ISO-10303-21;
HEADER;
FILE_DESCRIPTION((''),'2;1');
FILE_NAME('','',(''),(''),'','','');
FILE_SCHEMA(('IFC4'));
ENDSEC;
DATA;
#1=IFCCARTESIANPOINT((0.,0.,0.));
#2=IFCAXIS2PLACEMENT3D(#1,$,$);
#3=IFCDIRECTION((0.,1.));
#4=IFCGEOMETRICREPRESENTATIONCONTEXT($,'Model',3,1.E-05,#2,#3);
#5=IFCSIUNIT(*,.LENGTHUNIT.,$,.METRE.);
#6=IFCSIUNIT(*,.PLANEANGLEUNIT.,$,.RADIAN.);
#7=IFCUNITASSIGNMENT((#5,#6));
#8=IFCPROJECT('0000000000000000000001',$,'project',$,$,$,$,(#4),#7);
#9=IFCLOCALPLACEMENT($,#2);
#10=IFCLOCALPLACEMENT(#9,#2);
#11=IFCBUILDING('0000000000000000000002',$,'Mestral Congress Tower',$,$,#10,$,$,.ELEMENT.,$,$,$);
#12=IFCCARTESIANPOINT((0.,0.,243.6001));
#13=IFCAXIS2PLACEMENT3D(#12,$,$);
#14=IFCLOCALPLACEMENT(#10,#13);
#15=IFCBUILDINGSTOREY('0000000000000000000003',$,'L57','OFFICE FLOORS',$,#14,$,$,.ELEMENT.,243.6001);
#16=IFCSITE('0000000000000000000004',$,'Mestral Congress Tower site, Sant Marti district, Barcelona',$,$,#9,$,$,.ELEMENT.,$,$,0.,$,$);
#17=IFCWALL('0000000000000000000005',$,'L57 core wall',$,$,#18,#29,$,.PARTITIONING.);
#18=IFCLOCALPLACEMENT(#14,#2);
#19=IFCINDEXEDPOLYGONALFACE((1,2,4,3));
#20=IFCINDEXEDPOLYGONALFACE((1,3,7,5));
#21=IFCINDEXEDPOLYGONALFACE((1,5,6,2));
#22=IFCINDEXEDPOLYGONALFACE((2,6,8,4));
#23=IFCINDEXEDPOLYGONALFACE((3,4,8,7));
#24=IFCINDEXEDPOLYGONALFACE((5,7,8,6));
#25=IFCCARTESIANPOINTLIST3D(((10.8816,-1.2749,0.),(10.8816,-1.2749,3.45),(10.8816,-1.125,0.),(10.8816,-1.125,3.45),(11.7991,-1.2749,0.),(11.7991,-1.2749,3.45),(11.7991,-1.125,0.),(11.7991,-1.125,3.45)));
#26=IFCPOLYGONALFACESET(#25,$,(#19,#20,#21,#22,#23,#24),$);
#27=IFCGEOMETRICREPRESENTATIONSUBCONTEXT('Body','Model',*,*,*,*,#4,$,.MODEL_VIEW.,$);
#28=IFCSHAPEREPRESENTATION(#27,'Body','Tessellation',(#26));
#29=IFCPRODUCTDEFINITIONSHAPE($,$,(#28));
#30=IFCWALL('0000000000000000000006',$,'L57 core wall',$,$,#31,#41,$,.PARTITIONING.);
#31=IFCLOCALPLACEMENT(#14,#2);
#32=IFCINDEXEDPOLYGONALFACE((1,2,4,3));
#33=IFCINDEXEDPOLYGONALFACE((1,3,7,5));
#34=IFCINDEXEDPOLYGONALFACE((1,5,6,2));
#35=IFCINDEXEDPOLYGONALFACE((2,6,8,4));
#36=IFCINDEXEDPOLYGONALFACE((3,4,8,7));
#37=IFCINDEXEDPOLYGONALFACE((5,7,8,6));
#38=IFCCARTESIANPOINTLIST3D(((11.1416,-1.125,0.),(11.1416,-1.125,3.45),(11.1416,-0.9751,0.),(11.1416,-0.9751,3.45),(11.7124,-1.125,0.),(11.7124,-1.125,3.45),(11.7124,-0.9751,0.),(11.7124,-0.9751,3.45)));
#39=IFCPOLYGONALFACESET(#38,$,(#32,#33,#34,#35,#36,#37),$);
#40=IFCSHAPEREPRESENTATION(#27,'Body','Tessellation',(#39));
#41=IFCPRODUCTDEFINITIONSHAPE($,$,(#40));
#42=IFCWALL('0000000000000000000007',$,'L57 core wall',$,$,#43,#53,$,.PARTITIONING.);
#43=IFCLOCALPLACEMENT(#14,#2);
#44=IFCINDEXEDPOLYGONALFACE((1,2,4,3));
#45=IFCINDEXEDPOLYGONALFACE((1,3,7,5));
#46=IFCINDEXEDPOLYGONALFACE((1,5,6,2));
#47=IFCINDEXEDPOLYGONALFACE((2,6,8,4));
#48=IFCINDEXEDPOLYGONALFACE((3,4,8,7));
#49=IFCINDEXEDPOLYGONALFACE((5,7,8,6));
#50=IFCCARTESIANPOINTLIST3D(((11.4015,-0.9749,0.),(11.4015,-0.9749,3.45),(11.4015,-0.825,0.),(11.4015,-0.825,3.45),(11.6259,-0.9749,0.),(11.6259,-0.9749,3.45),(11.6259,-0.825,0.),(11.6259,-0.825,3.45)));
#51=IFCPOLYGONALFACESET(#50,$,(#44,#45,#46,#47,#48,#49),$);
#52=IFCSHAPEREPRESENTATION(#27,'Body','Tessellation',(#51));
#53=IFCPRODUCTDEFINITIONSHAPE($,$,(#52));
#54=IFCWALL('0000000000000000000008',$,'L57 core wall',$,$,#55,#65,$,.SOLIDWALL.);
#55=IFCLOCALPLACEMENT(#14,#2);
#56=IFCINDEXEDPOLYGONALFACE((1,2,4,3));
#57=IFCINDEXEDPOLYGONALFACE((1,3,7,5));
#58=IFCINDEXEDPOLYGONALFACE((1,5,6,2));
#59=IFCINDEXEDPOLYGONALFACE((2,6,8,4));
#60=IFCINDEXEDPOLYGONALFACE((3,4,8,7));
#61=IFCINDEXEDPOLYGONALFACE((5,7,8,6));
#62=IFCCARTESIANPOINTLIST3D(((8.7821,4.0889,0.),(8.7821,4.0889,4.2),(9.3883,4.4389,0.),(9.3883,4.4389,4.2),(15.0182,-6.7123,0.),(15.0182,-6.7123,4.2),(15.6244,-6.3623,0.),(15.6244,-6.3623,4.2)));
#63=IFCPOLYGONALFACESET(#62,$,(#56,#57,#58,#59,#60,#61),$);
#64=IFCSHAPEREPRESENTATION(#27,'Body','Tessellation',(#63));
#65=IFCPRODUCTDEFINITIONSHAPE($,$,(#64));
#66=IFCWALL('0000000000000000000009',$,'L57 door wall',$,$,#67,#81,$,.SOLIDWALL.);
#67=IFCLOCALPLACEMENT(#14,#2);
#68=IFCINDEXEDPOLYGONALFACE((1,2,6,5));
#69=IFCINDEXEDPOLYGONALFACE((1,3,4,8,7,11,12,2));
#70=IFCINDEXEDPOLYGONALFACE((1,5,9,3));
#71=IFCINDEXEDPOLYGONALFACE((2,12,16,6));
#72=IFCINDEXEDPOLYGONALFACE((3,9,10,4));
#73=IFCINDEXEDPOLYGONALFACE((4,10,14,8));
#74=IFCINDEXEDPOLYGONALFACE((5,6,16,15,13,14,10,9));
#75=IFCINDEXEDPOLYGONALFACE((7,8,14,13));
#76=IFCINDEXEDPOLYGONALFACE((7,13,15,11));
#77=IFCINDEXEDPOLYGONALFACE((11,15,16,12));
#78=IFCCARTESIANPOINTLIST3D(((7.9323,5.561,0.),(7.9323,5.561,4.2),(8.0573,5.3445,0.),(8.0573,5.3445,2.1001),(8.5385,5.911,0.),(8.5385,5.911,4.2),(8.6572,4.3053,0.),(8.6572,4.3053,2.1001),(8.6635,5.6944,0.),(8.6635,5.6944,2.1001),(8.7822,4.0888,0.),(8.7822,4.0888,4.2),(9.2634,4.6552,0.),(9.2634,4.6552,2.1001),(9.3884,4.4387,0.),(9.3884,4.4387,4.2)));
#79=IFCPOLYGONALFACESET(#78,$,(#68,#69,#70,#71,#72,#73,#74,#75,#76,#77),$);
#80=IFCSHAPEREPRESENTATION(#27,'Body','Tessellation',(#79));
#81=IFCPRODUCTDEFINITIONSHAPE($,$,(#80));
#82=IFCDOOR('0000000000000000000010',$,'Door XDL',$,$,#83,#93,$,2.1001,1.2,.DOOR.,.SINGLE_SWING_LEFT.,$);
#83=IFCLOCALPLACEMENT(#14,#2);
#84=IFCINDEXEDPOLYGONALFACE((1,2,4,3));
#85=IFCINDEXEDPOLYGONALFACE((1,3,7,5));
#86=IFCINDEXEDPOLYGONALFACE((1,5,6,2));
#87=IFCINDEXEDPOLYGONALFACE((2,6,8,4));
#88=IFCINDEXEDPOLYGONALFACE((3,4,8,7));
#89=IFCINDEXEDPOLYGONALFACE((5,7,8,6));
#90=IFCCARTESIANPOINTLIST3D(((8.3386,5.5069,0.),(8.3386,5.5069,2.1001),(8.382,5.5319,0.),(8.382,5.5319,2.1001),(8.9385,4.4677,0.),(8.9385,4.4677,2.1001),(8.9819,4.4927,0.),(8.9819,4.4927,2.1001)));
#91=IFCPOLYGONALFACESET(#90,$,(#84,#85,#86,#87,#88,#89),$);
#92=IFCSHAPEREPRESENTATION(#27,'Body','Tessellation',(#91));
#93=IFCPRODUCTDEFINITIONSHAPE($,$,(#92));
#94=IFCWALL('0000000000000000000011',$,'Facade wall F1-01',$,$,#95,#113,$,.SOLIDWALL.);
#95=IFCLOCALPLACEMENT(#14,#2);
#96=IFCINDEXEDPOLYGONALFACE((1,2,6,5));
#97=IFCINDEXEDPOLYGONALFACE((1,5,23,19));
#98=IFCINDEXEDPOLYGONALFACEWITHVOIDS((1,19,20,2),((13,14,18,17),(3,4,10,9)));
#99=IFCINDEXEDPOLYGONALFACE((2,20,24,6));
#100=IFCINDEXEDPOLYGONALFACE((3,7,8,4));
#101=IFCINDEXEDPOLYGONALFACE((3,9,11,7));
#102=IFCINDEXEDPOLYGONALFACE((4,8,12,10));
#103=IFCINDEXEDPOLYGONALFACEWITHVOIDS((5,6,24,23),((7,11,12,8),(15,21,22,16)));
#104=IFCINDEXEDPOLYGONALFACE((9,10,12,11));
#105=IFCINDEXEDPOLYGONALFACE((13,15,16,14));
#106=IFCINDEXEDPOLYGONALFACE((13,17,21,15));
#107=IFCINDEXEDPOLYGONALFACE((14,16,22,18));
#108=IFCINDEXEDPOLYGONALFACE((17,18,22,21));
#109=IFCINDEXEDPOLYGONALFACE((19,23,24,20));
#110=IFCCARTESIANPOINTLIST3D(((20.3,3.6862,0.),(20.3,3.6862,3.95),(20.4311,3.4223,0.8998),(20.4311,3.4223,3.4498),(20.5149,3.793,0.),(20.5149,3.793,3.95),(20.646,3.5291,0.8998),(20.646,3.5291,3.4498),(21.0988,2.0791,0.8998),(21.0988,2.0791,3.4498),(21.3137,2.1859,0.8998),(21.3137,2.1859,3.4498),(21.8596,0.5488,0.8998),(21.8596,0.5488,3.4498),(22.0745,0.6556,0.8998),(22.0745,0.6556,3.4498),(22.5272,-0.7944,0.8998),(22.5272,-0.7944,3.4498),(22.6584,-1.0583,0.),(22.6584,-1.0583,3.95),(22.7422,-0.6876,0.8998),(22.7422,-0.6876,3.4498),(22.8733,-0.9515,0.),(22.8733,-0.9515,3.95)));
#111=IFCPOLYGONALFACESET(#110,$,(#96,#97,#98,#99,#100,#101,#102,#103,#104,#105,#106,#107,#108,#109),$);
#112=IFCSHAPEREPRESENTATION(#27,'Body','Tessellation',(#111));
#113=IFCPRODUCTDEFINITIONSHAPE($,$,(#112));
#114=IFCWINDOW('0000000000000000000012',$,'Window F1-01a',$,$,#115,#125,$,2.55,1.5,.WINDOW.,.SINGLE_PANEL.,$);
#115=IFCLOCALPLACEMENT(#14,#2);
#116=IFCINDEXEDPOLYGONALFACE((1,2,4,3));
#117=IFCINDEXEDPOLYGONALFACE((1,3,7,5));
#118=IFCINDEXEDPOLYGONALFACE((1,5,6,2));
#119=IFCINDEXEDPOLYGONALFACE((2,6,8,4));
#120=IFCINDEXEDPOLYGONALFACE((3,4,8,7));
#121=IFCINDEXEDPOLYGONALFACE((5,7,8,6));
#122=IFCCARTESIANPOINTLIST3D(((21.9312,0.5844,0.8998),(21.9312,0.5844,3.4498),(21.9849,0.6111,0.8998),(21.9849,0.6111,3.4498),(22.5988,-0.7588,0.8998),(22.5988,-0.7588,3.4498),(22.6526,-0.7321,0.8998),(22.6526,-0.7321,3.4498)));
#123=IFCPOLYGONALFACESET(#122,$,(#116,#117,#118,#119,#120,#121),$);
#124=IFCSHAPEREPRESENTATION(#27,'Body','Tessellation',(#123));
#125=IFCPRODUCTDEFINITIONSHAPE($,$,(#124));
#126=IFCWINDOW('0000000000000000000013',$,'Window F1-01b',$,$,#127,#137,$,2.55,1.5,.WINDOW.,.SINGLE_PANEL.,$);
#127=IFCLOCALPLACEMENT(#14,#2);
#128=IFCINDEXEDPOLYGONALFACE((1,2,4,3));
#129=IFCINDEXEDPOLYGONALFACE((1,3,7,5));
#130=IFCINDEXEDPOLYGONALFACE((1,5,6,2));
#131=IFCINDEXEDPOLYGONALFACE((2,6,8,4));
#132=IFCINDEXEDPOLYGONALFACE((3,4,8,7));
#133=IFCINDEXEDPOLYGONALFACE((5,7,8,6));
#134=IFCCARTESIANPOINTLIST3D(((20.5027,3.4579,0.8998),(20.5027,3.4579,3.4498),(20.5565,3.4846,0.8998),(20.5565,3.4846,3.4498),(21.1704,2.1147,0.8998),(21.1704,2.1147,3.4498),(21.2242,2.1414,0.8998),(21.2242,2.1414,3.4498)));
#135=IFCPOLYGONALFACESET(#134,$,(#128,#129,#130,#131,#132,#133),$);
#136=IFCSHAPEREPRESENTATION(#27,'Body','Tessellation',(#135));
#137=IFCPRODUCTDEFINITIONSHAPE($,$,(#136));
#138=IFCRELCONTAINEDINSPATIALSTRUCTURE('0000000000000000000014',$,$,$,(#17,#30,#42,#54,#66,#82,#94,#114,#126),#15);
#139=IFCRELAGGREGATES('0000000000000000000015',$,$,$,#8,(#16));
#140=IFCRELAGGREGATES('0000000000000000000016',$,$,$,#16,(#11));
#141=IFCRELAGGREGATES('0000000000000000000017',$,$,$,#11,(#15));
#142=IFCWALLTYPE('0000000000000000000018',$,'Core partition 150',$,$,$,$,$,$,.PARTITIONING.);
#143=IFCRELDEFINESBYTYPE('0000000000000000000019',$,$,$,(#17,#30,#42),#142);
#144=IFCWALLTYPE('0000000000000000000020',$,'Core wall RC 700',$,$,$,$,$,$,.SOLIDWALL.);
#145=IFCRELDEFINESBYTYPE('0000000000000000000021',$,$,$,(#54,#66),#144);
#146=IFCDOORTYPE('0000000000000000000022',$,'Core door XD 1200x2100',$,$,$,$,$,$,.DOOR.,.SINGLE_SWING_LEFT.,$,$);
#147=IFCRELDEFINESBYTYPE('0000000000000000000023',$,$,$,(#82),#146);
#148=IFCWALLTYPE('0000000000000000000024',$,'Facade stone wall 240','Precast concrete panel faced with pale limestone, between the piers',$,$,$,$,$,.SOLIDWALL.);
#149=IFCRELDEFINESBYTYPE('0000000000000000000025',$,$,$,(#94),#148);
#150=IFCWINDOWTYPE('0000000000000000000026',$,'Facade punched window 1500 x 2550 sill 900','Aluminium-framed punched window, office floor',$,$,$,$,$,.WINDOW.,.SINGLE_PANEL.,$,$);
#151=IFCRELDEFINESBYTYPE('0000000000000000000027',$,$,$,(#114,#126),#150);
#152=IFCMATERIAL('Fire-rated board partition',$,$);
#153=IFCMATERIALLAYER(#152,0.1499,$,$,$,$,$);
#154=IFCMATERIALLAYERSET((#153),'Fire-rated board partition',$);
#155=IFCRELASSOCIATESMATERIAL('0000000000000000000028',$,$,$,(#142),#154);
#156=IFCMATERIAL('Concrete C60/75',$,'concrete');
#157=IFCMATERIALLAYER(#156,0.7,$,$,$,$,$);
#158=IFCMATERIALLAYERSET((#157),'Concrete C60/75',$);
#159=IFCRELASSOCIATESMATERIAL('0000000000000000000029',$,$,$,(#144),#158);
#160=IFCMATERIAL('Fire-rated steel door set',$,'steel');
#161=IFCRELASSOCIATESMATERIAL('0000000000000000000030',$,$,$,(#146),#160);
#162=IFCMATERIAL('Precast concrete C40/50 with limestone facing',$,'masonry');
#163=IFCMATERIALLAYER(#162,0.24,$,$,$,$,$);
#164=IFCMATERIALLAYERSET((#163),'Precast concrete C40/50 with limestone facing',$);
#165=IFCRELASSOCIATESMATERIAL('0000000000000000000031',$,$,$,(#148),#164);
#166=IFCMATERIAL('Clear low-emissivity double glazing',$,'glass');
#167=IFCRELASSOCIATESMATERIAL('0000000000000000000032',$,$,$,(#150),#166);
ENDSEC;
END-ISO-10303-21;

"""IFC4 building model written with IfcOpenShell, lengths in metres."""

from ifc_helpers import new_model, si_unit, direction, frame, frame_2d, origin, place, context, subcontext, project, spatial, rectangle, extrude, material, layer, layer_set, type_object, element, fill, save


model = new_model("IFC4")

# Units and contexts
model_context = context("Model", 3, precision=1e-05, world=origin(), true_north=direction((0.0, 1.0)))
body_context = subcontext(model_context, "Body", "Model", "MODEL_VIEW")
ifc_project = project(units=[si_unit("LENGTHUNIT", "METRE"), si_unit("PLANEANGLEUNIT", "RADIAN")], contexts=[model_context])

# Site, building, storey
site_placement = place(None, origin())
site = spatial("IfcSite", under=ifc_project, at=site_placement, Name="Mestral Congress Tower site, Sant Marti district, Barcelona", CompositionType="ELEMENT", RefElevation=0.0)
building_placement = place(site_placement, origin())
building = spatial("IfcBuilding", under=site, at=building_placement, Name="Mestral Congress Tower", CompositionType="ELEMENT")
storey_placement = place(building_placement, frame((0.0, 0.0, 243.6001)))
storey = spatial("IfcBuildingStorey", under=building, at=storey_placement, Name="L57", Description="OFFICE FLOORS", CompositionType="ELEMENT", Elevation=243.6001)

# Shared definitions
ifc_material_1 = material(Name="Concrete C60/75", Category="concrete")

# Walls
ifc_material_2 = material(Name="Fire-rated board partition")
ifc_layer_1 = layer(ifc_material_2, 0.1499)
ifc_layer_set_1 = layer_set([ifc_layer_1], Name="Fire-rated board partition")
wall_type_1 = type_object("IfcWallType", Name="Core partition 150", PredefinedType="PARTITIONING", material=ifc_layer_set_1)
wall_1_placement = place(storey_placement, frame((10.8816, -1.2, 0.0), z_axis=(0.0, 0.0, 1.0), x_axis=(1.0, 0.0, 0.0)))
element("IfcWall", 1, at=wall_1_placement, inside=storey, type_object=wall_type_1, Name="L57 core wall", PredefinedType="PARTITIONING", context=body_context, shape_type="SweptSolid", body=[
    extrude(rectangle(XDim=0.9175, YDim=0.1499, at=frame_2d((0.4587, 0.0))), origin(), (0.0, 0.0, 1.0), 3.45),
])
wall_2_placement = place(storey_placement, frame((11.7124, -1.05, 0.0), z_axis=(0.0, 0.0, 1.0), x_axis=(-1.0, 0.0, 0.0)))
element("IfcWall", 2, at=wall_2_placement, inside=storey, type_object=wall_type_1, Name="L57 core wall", PredefinedType="PARTITIONING", context=body_context, shape_type="SweptSolid", body=[
    extrude(rectangle(XDim=0.5708, YDim=0.1499, at=frame_2d((0.2854, 0.0))), origin(), (0.0, 0.0, 1.0), 3.45),
])
wall_3_placement = place(storey_placement, frame((11.4014, -0.8999, 0.0), z_axis=(0.0, 0.0, 1.0), x_axis=(1.0, 0.0, 0.0)))
element("IfcWall", 3, at=wall_3_placement, inside=storey, type_object=wall_type_1, Name="L57 core wall", PredefinedType="PARTITIONING", context=body_context, shape_type="SweptSolid", body=[
    extrude(rectangle(XDim=0.2244, YDim=0.1499, at=frame_2d((0.1123, 0.0))), origin(), (0.0, 0.0, 1.0), 3.45),
])
ifc_layer_2 = layer(ifc_material_1, 0.7)
ifc_layer_set_2 = layer_set([ifc_layer_2], Name="Concrete C60/75")
wall_type_2 = type_object("IfcWallType", Name="Core wall RC 700", PredefinedType="SOLIDWALL", material=ifc_layer_set_2)
wall_4_placement = place(storey_placement, frame((9.0852, 4.2639, 0.0), z_axis=(0.0, 0.0, 1.0), x_axis=(0.499998, -0.866027, 0.0)))
element("IfcWall", 4, at=wall_4_placement, inside=storey, type_object=wall_type_2, Name="L57 core wall", PredefinedType="SOLIDWALL", context=body_context, shape_type="SweptSolid", body=[
    extrude(rectangle(XDim=12.4722, YDim=0.7, at=frame_2d((6.2361, 0.0))), origin(), (0.0, 0.0, 1.0), 4.2),
])

# Wall, opening, door
wall_5_placement = place(storey_placement, frame((8.2354, 5.7361, 0.0), z_axis=(0.0, 0.0, 1.0), x_axis=(0.499955, -0.866052, 0.0)))
wall_5 = element("IfcWall", 5, at=wall_5_placement, inside=storey, type_object=wall_type_2, Name="L57 door wall", PredefinedType="SOLIDWALL", context=body_context, shape_type="SweptSolid", body=[
    extrude(rectangle(XDim=1.7, YDim=0.7, at=frame_2d((0.8501, 0.0))), origin(), (0.0, 0.0, 1.0), 4.2),
])
opening_1_placement = place(wall_5_placement, frame((0.25, 0.0, 0.0)))
opening_1 = element("IfcOpeningElement", 6, at=opening_1_placement, cuts=wall_5, PredefinedType="OPENING", context=body_context, shape_type="SweptSolid", body=[
    extrude(rectangle(XDim=1.2, YDim=2.1001, at=frame_2d((0.6001, 1.05))), frame((0.0, 0.3599, 0.0), z_axis=(0.0, -1.0, 0.0), x_axis=(1.0, 0.0, 0.0)), (0.0, 0.0, 1.0), 0.72),
])
ifc_material_3 = material(Name="Fire-rated steel door set", Category="steel")
door_type_1 = type_object("IfcDoorType", Name="Core door XD 1200x2100", OperationType="SINGLE_SWING_LEFT", PredefinedType="DOOR", material=ifc_material_3)
door_1_placement = place(opening_1_placement, origin())
door_1 = element("IfcDoor", 7, at=door_1_placement, inside=storey, type_object=door_type_1, Name="Door XDL", OperationType="SINGLE_SWING_LEFT", OverallHeight=2.1001, OverallWidth=1.2, PredefinedType="DOOR", context=body_context, shape_type="SweptSolid", body=[
    extrude(rectangle(XDim=1.2, YDim=2.1001, at=frame_2d((0.6001, 1.05))), frame((0.0, 0.0249, 0.0), z_axis=(0.0, -1.0, 0.0), x_axis=(1.0, 0.0, 0.0)), (0.0, 0.0, 1.0), 0.05),
])
fill(opening_1, door_1)

# Wall, openings, windows
ifc_material_4 = material(Name="Precast concrete C40/50 with limestone facing", Category="masonry")
ifc_layer_3 = layer(ifc_material_4, 0.24)
ifc_layer_set_3 = layer_set([ifc_layer_3], Name="Precast concrete C40/50 with limestone facing")
wall_type_3 = type_object("IfcWallType", Name="Facade stone wall 240", Description="Precast concrete panel faced with pale limestone, between the piers", PredefinedType="SOLIDWALL", material=ifc_layer_set_3)
wall_6_placement = place(storey_placement, frame((22.7659, -1.0049, 0.0), z_axis=(0.0, 0.0, 1.0), x_axis=(-0.44513, 0.895466, 0.0)))
wall_6 = element("IfcWall", 8, at=wall_6_placement, inside=storey, type_object=wall_type_3, Name="Facade wall F1-01", PredefinedType="SOLIDWALL", context=body_context, shape_type="SweptSolid", body=[
    extrude(rectangle(XDim=5.2983, YDim=0.24, at=frame_2d((2.6492, 0.0))), origin(), (0.0, 0.0, 1.0), 3.95),
])
opening_2_placement = place(wall_6_placement, frame((0.2947, 0.0, 0.8999)))
opening_2 = element("IfcOpeningElement", 9, at=opening_2_placement, cuts=wall_6, PredefinedType="OPENING", context=body_context, shape_type="SweptSolid", body=[
    extrude(rectangle(XDim=1.5, YDim=2.55, at=frame_2d((0.75, 1.2749))), frame((0.0, 0.1299, 0.0), z_axis=(0.0, -1.0, 0.0), x_axis=(1.0, 0.0, 0.0)), (0.0, 0.0, 1.0), 0.26),
])
opening_3_placement = place(wall_6_placement, frame((3.5037, 0.0, 0.8999)))
opening_3 = element("IfcOpeningElement", 10, at=opening_3_placement, cuts=wall_6, PredefinedType="OPENING", context=body_context, shape_type="SweptSolid", body=[
    extrude(rectangle(XDim=1.5, YDim=2.55, at=frame_2d((0.75, 1.2749))), frame((0.0, 0.1299, 0.0), z_axis=(0.0, -1.0, 0.0), x_axis=(1.0, 0.0, 0.0)), (0.0, 0.0, 1.0), 0.26),
])
ifc_material_5 = material(Name="Clear low-emissivity double glazing", Category="glass")
window_type = type_object("IfcWindowType", Name="Facade punched window 1500 x 2550 sill 900", Description="Aluminium-framed punched window, office floor", PartitioningType="SINGLE_PANEL", PredefinedType="WINDOW", material=ifc_material_5)
window_1_placement = place(opening_2_placement, origin())
window_1 = element("IfcWindow", 11, at=window_1_placement, inside=storey, type_object=window_type, Name="Window F1-01a", OverallHeight=2.55, OverallWidth=1.5, PartitioningType="SINGLE_PANEL", PredefinedType="WINDOW", context=body_context, shape_type="SweptSolid", body=[
    extrude(rectangle(XDim=1.5, YDim=2.55, at=frame_2d((0.75, 1.2749))), frame((0.0, 0.04, 0.0), z_axis=(0.0, -1.0, 0.0), x_axis=(1.0, 0.0, 0.0)), (0.0, 0.0, 1.0), 0.0601),
])
fill(opening_2, window_1)
window_2_placement = place(opening_3_placement, origin())
window_2 = element("IfcWindow", 12, at=window_2_placement, inside=storey, type_object=window_type, Name="Window F1-01b", OverallHeight=2.55, OverallWidth=1.5, PartitioningType="SINGLE_PANEL", PredefinedType="WINDOW", context=body_context, shape_type="SweptSolid", body=[
    extrude(rectangle(XDim=1.5, YDim=2.55, at=frame_2d((0.75, 1.2749))), frame((0.0, 0.04, 0.0), z_axis=(0.0, -1.0, 0.0), x_axis=(1.0, 0.0, 0.0)), (0.0, 0.0, 1.0), 0.0601),
])
fill(opening_3, window_2)

save(model, "model.ifc")
